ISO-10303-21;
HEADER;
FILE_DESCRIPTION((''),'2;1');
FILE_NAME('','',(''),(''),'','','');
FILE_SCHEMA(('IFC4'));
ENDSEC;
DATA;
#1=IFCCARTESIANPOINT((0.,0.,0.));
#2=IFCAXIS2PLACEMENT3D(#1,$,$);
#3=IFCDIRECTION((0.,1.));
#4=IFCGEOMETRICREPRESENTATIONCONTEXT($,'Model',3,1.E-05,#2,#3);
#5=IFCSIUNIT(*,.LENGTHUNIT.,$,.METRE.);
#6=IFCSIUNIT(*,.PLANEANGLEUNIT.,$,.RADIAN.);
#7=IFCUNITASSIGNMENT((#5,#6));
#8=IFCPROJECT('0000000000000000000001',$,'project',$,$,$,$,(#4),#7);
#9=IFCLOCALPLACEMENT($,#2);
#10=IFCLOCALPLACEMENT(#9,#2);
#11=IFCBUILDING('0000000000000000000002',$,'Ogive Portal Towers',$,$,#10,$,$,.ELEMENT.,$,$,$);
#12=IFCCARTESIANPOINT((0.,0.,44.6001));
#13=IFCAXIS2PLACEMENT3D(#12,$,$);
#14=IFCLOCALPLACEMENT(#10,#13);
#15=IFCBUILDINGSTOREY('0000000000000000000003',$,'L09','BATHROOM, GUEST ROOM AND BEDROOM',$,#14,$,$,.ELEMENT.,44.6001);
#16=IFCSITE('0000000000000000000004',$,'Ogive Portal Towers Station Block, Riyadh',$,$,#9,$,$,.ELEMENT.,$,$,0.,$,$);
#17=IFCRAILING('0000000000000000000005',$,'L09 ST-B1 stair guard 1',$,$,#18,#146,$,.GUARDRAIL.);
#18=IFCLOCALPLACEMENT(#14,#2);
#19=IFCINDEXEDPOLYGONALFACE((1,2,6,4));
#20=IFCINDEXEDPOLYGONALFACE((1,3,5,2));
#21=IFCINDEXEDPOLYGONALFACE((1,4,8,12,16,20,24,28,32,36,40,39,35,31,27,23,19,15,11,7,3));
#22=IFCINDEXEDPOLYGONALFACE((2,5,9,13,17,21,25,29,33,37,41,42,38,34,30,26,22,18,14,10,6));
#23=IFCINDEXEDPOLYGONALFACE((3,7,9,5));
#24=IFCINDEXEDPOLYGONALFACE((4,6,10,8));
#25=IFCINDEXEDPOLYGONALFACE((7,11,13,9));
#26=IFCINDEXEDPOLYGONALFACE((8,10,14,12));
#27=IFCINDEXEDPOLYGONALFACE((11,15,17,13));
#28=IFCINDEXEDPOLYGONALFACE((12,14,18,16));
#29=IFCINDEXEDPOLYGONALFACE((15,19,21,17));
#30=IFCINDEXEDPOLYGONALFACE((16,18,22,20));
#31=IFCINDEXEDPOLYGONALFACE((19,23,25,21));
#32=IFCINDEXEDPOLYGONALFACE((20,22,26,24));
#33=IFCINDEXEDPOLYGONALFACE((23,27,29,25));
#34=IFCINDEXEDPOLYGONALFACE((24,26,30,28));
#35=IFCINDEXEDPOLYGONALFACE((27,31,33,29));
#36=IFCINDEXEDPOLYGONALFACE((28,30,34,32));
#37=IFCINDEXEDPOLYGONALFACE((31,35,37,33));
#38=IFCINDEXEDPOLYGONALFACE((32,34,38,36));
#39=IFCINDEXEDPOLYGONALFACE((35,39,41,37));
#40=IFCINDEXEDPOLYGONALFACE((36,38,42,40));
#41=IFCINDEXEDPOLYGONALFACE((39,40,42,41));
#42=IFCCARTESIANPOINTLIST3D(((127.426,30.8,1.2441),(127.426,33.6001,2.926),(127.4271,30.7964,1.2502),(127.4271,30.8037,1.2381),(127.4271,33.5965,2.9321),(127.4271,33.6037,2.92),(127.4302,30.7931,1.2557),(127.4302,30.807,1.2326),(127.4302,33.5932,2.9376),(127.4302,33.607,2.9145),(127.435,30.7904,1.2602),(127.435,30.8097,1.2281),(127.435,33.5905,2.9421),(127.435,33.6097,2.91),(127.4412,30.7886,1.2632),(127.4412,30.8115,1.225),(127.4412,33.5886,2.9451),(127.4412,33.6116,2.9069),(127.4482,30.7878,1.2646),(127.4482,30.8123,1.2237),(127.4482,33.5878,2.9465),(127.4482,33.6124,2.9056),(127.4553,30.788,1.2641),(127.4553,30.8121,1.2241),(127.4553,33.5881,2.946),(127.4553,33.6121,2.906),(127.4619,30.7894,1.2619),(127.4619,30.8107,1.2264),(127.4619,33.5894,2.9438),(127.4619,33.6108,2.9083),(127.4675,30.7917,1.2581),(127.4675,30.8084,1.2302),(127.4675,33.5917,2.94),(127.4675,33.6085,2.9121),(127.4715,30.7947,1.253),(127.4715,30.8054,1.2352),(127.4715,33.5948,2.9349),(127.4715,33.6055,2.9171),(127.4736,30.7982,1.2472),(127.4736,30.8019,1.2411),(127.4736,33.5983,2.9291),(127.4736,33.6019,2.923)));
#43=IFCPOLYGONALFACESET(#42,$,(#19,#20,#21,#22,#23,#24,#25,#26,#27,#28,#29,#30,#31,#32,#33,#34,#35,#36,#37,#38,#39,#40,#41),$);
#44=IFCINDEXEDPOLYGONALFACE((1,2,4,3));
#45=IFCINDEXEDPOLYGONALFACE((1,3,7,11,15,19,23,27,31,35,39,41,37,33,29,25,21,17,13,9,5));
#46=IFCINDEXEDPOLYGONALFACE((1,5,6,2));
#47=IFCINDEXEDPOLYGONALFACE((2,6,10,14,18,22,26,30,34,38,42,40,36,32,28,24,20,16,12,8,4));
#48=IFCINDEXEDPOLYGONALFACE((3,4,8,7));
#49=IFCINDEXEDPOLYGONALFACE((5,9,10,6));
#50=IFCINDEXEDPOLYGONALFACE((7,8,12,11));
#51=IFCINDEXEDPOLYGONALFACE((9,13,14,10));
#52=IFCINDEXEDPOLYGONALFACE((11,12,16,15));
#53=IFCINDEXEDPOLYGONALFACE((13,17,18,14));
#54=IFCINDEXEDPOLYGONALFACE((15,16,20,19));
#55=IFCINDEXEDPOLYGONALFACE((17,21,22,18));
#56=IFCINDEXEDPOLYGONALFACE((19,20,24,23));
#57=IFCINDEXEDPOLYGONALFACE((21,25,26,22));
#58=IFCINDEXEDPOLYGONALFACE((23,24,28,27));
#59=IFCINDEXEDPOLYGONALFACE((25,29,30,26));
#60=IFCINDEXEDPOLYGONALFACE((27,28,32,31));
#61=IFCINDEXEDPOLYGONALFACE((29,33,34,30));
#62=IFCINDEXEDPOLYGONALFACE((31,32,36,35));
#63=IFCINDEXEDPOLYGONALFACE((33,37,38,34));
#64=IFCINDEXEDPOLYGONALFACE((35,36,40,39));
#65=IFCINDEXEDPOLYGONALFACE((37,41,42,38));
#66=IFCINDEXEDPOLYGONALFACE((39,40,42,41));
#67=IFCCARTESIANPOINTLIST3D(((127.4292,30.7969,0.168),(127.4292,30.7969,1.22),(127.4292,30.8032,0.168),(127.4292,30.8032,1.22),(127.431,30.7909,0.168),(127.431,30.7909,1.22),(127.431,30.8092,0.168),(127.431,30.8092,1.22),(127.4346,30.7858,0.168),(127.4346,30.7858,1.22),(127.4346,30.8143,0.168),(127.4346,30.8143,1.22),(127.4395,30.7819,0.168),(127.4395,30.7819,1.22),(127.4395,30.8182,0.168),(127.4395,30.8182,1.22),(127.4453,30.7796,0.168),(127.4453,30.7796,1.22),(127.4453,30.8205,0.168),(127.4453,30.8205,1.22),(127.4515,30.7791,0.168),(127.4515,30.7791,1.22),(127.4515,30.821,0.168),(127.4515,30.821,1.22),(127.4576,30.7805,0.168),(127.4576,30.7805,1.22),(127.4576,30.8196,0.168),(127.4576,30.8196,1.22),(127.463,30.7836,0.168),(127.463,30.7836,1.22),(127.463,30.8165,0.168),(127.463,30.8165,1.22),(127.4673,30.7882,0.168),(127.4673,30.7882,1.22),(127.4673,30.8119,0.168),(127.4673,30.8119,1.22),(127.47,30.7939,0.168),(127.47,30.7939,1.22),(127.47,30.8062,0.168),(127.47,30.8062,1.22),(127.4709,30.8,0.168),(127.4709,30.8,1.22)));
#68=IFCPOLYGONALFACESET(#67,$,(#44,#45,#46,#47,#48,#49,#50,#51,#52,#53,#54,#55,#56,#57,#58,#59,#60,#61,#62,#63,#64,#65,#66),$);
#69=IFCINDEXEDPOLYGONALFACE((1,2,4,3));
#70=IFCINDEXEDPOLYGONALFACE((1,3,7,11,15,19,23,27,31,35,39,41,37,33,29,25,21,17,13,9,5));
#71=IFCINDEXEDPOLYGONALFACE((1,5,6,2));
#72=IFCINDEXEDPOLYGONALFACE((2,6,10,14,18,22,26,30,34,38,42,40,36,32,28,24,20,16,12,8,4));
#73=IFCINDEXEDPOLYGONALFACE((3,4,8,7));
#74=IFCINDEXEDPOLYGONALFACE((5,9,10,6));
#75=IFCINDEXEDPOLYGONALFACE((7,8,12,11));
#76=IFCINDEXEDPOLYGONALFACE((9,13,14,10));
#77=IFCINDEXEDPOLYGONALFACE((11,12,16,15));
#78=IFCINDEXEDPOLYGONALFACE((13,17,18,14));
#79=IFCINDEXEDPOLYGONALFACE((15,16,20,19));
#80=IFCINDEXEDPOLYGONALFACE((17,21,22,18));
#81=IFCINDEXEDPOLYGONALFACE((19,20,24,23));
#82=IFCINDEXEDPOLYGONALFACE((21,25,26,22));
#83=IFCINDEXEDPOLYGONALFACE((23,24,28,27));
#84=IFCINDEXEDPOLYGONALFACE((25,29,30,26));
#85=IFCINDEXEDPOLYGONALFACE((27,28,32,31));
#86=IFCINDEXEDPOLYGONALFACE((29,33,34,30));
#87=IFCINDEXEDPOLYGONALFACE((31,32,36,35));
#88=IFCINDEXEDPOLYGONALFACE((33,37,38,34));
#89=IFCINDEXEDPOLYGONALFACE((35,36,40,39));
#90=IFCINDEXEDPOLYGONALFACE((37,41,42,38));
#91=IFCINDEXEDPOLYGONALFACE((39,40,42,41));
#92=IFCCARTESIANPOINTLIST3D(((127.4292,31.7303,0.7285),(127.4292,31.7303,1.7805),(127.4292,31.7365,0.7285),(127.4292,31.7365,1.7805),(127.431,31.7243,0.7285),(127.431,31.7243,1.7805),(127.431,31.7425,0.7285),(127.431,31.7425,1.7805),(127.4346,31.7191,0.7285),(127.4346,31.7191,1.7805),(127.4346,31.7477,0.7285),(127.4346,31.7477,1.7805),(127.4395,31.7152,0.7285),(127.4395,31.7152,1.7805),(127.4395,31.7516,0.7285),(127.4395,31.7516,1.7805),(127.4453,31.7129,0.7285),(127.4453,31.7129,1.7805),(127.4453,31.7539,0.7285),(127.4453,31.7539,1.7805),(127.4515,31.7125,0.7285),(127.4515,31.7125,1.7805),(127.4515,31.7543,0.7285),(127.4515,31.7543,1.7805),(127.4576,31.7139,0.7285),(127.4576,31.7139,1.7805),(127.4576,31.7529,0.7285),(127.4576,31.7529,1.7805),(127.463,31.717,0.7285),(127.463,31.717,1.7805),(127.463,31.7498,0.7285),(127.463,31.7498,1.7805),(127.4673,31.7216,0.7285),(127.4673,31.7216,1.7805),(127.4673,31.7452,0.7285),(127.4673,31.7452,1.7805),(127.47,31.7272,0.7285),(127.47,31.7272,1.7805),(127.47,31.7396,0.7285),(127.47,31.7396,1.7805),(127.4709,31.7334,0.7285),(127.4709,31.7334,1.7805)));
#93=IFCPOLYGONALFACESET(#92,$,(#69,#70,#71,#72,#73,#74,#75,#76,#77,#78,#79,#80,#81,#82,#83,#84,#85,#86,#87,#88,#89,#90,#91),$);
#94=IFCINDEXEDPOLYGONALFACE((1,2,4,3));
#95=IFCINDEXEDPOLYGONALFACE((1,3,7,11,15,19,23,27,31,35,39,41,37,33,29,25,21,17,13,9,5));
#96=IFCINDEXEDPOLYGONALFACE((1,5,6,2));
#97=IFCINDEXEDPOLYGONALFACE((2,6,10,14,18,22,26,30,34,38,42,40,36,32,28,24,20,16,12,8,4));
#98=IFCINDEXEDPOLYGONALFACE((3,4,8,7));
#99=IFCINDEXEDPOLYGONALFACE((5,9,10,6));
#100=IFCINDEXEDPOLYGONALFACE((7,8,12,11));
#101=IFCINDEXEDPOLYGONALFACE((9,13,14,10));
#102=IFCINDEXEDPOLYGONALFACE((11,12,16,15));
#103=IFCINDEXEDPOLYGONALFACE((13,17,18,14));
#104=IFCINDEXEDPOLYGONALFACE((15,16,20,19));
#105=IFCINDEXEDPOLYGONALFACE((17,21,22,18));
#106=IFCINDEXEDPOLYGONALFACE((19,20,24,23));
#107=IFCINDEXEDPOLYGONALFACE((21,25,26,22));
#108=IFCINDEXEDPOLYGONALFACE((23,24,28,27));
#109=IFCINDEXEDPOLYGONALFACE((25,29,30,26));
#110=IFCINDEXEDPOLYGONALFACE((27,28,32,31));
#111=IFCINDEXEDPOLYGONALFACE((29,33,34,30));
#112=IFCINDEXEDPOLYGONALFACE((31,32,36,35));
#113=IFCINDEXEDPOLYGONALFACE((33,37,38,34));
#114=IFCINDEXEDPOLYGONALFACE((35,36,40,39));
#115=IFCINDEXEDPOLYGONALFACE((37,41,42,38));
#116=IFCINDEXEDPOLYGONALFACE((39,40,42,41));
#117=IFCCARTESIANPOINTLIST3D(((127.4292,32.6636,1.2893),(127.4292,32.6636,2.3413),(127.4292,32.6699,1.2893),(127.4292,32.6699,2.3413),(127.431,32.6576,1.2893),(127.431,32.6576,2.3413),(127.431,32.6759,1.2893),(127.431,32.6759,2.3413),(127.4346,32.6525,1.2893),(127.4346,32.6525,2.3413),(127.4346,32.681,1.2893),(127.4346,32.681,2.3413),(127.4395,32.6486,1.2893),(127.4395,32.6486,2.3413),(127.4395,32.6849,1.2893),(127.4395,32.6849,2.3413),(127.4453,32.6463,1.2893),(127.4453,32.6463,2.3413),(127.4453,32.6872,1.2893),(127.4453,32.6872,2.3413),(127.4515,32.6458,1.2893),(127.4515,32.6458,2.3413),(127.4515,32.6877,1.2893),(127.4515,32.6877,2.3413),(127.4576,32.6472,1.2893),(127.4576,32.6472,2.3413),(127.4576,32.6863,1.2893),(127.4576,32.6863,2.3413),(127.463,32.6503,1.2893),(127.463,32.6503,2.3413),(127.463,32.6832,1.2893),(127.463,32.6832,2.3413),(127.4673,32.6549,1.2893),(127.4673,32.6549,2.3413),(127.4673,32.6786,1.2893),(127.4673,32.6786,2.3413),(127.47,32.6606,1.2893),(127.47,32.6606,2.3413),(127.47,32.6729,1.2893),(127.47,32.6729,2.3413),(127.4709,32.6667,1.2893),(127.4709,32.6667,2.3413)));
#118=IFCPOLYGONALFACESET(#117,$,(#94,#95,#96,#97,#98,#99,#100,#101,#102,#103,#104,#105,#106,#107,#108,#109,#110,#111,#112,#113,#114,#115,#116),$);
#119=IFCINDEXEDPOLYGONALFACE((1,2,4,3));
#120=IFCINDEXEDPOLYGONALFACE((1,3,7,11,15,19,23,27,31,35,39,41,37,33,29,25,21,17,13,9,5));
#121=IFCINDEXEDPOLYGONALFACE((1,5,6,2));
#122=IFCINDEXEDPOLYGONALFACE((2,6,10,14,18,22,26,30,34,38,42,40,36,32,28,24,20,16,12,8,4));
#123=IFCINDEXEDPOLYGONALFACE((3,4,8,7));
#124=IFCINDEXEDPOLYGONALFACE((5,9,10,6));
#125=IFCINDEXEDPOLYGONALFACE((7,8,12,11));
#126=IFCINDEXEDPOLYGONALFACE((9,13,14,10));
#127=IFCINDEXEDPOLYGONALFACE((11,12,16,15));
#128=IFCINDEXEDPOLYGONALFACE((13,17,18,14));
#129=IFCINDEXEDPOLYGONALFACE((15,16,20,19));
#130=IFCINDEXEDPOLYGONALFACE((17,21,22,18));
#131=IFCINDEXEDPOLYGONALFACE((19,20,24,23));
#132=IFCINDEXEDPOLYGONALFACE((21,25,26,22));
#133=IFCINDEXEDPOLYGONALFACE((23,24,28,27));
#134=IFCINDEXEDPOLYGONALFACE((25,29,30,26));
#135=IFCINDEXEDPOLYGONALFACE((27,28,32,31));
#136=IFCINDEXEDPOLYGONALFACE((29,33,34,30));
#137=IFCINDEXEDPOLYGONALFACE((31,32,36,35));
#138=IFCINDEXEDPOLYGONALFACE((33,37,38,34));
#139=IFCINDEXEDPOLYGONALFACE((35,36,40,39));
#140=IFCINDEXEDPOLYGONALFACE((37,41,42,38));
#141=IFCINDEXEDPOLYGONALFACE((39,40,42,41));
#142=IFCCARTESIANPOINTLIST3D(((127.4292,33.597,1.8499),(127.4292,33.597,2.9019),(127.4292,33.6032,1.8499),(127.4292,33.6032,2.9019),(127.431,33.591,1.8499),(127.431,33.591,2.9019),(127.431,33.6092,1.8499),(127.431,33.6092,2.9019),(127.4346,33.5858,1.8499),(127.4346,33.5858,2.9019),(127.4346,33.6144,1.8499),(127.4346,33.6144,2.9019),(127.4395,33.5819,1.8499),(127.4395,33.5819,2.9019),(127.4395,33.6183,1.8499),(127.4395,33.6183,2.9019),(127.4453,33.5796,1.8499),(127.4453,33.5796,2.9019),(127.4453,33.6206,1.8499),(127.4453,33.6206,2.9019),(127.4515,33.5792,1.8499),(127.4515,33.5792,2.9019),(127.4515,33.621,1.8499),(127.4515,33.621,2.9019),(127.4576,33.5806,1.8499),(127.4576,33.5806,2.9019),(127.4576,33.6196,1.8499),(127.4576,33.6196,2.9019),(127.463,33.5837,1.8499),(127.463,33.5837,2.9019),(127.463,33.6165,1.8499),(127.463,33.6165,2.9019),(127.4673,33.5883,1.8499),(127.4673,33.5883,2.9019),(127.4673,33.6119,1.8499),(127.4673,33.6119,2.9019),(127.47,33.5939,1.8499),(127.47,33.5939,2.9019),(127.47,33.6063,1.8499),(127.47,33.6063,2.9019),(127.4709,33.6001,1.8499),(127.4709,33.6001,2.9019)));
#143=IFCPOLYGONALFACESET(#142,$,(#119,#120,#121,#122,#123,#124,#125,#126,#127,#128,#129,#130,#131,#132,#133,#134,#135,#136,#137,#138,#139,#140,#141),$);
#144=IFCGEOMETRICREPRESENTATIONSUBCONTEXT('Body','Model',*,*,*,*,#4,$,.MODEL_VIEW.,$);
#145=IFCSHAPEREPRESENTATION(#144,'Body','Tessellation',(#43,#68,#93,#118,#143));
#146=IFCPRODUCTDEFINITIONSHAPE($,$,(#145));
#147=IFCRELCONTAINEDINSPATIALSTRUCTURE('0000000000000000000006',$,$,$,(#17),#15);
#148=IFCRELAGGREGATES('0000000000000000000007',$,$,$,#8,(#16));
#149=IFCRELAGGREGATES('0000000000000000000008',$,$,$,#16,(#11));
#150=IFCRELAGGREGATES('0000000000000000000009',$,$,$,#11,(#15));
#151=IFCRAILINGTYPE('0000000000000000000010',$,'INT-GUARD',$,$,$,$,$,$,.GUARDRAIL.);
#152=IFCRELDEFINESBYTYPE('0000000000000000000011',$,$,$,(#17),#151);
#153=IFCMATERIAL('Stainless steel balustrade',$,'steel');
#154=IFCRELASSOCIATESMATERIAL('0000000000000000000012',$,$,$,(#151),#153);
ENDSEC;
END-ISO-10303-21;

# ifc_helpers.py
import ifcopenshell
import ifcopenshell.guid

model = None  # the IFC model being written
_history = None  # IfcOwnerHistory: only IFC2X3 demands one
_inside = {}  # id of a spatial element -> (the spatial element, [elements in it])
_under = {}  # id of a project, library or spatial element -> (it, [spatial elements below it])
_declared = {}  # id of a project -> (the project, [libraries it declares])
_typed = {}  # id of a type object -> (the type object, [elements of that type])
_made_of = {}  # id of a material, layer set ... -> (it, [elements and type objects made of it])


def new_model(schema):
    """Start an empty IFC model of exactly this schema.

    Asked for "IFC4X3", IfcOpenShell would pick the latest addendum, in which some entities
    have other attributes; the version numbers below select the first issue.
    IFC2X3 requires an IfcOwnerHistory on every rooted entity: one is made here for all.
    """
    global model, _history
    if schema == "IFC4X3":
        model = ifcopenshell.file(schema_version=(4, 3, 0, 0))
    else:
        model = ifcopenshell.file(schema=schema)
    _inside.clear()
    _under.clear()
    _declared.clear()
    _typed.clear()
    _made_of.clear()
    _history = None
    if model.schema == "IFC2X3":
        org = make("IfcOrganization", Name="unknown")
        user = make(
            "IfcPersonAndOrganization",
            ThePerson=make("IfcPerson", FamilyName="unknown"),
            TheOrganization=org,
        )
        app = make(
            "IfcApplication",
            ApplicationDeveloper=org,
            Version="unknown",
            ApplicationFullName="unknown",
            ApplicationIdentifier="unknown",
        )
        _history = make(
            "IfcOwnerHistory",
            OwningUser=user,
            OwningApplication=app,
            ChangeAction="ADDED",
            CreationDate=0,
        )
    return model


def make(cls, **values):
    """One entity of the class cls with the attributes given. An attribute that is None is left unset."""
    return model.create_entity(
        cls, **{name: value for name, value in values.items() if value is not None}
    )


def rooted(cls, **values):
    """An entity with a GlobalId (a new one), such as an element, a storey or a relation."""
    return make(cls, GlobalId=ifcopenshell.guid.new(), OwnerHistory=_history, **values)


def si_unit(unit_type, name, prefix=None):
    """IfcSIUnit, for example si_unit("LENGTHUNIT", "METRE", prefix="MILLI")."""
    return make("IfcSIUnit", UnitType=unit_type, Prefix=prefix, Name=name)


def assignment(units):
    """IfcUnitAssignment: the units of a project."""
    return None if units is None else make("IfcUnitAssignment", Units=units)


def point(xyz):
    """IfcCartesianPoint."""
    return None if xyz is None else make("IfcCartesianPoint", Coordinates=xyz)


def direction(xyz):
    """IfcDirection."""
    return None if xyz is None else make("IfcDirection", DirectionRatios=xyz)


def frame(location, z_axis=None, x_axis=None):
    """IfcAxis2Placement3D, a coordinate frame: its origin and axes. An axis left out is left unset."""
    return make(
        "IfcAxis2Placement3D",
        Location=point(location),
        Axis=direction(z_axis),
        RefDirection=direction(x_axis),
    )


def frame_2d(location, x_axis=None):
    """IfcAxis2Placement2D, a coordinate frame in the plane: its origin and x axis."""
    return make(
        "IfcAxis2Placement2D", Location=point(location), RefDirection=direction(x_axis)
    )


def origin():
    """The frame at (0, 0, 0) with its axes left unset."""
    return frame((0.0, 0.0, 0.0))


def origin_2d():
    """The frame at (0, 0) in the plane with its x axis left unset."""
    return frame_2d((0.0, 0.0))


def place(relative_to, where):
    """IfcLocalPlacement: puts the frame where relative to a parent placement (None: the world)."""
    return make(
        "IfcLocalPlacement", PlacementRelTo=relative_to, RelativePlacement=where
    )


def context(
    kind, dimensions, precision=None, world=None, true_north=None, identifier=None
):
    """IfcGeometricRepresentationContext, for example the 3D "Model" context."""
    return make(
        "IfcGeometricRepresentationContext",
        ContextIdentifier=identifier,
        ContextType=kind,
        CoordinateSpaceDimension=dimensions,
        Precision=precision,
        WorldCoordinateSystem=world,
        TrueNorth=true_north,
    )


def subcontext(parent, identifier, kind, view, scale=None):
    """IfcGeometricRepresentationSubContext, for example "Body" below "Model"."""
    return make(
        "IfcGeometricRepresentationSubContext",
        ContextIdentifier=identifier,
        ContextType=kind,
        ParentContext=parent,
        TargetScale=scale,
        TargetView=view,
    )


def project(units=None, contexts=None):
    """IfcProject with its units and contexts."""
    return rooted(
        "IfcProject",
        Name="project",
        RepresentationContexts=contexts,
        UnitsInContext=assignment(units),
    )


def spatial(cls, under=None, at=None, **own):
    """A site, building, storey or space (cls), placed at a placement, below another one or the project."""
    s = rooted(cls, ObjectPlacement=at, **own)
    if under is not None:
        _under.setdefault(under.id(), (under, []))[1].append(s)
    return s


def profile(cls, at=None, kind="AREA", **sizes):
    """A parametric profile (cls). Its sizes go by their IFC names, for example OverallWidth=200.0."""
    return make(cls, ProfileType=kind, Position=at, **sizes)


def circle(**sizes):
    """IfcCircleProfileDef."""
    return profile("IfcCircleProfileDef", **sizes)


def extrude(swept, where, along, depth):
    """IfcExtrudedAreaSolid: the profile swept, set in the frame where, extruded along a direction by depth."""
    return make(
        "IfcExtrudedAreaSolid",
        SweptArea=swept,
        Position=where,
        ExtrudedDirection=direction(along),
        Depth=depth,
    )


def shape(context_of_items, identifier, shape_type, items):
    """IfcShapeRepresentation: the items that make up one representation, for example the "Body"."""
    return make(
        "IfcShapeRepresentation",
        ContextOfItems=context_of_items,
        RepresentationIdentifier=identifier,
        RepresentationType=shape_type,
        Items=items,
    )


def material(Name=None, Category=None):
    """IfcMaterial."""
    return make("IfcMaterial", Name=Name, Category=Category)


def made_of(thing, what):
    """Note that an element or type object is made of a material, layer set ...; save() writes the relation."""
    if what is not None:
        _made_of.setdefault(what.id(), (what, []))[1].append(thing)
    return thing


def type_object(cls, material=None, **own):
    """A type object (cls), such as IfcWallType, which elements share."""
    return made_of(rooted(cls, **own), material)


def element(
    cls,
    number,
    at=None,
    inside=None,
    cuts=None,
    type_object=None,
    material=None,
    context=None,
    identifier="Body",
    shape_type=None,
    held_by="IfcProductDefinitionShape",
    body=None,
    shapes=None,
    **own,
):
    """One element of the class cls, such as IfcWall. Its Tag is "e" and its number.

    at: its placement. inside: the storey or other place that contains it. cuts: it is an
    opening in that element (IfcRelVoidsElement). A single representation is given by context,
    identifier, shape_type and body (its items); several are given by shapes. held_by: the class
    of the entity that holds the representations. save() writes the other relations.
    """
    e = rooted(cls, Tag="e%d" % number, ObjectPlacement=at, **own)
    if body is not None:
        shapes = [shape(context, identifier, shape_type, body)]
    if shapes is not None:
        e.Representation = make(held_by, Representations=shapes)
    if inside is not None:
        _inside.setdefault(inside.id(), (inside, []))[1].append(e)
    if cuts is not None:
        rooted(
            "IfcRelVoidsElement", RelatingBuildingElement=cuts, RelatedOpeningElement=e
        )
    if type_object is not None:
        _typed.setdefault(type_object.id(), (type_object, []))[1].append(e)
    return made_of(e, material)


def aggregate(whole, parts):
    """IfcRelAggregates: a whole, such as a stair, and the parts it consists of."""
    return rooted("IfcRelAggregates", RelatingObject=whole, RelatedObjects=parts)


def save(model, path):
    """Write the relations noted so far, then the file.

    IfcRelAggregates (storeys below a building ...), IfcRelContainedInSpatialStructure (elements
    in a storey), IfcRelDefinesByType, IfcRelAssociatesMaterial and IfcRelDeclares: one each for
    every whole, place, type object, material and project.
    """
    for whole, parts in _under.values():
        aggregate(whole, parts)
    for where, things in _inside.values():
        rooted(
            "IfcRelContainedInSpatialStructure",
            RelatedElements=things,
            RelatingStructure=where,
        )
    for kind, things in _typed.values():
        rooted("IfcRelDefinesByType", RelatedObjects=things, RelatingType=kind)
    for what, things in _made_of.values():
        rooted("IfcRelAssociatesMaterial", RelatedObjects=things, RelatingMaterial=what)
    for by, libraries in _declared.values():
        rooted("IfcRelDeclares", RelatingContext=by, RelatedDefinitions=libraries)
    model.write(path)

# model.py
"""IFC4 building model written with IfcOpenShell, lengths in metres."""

from ifc_helpers import new_model, si_unit, direction, frame, origin, origin_2d, place, context, subcontext, project, spatial, circle, extrude, material, type_object, element, save


model = new_model("IFC4")

# Units and contexts
model_context = context("Model", 3, precision=1e-05, world=origin(), true_north=direction((0.0, 1.0)))
body_context = subcontext(model_context, "Body", "Model", "MODEL_VIEW")
ifc_project = project(units=[si_unit("LENGTHUNIT", "METRE"), si_unit("PLANEANGLEUNIT", "RADIAN")], contexts=[model_context])

# Site, building, storey
site_placement = place(None, origin())
site = spatial("IfcSite", under=ifc_project, at=site_placement, Name="Ogive Portal Towers Station Block, Riyadh", CompositionType="ELEMENT", RefElevation=0.0)
building_placement = place(site_placement, origin())
building = spatial("IfcBuilding", under=site, at=building_placement, Name="Ogive Portal Towers", CompositionType="ELEMENT")
storey_placement = place(building_placement, frame((0.0, 0.0, 44.6001)))
storey = spatial("IfcBuildingStorey", under=building, at=storey_placement, Name="L09", Description="BATHROOM, GUEST ROOM AND BEDROOM", CompositionType="ELEMENT", Elevation=44.6001)

# Railing
ifc_material_1 = material(Name="Stainless steel balustrade", Category="steel")
railing_type_1 = type_object("IfcRailingType", Name="INT-GUARD", PredefinedType="GUARDRAIL", material=ifc_material_1)
railing_1_placement = place(storey_placement, frame((127.45, 30.8, 0.168)))
element("IfcRailing", 1, at=railing_1_placement, inside=storey, type_object=railing_type_1, Name="L09 ST-B1 stair guard 1", PredefinedType="GUARDRAIL", context=body_context, shape_type="SweptSolid", body=[
    extrude(circle(Radius=0.0239, at=origin_2d()), frame((0.0, 0.0, 1.0762), z_axis=(0.0, 0.857242, 0.514913), x_axis=(-1.0, 0.0, 0.0)), (0.0, 0.0, 1.0), 3.2664),
    extrude(circle(Radius=0.021, at=origin_2d()), origin(), (0.0, 0.0, 1.0), 1.052),
    extrude(circle(Radius=0.021, at=origin_2d()), frame((0.0, 0.9333, 0.5605)), (0.0, 0.0, 1.0), 1.052),
    extrude(circle(Radius=0.021, at=origin_2d()), frame((0.0, 1.8667, 1.1213)), (0.0, 0.0, 1.0), 1.052),
    extrude(circle(Radius=0.021, at=origin_2d()), frame((0.0, 2.8, 1.6819)), (0.0, 0.0, 1.0), 1.052),
])

save(model, "model.ifc")
